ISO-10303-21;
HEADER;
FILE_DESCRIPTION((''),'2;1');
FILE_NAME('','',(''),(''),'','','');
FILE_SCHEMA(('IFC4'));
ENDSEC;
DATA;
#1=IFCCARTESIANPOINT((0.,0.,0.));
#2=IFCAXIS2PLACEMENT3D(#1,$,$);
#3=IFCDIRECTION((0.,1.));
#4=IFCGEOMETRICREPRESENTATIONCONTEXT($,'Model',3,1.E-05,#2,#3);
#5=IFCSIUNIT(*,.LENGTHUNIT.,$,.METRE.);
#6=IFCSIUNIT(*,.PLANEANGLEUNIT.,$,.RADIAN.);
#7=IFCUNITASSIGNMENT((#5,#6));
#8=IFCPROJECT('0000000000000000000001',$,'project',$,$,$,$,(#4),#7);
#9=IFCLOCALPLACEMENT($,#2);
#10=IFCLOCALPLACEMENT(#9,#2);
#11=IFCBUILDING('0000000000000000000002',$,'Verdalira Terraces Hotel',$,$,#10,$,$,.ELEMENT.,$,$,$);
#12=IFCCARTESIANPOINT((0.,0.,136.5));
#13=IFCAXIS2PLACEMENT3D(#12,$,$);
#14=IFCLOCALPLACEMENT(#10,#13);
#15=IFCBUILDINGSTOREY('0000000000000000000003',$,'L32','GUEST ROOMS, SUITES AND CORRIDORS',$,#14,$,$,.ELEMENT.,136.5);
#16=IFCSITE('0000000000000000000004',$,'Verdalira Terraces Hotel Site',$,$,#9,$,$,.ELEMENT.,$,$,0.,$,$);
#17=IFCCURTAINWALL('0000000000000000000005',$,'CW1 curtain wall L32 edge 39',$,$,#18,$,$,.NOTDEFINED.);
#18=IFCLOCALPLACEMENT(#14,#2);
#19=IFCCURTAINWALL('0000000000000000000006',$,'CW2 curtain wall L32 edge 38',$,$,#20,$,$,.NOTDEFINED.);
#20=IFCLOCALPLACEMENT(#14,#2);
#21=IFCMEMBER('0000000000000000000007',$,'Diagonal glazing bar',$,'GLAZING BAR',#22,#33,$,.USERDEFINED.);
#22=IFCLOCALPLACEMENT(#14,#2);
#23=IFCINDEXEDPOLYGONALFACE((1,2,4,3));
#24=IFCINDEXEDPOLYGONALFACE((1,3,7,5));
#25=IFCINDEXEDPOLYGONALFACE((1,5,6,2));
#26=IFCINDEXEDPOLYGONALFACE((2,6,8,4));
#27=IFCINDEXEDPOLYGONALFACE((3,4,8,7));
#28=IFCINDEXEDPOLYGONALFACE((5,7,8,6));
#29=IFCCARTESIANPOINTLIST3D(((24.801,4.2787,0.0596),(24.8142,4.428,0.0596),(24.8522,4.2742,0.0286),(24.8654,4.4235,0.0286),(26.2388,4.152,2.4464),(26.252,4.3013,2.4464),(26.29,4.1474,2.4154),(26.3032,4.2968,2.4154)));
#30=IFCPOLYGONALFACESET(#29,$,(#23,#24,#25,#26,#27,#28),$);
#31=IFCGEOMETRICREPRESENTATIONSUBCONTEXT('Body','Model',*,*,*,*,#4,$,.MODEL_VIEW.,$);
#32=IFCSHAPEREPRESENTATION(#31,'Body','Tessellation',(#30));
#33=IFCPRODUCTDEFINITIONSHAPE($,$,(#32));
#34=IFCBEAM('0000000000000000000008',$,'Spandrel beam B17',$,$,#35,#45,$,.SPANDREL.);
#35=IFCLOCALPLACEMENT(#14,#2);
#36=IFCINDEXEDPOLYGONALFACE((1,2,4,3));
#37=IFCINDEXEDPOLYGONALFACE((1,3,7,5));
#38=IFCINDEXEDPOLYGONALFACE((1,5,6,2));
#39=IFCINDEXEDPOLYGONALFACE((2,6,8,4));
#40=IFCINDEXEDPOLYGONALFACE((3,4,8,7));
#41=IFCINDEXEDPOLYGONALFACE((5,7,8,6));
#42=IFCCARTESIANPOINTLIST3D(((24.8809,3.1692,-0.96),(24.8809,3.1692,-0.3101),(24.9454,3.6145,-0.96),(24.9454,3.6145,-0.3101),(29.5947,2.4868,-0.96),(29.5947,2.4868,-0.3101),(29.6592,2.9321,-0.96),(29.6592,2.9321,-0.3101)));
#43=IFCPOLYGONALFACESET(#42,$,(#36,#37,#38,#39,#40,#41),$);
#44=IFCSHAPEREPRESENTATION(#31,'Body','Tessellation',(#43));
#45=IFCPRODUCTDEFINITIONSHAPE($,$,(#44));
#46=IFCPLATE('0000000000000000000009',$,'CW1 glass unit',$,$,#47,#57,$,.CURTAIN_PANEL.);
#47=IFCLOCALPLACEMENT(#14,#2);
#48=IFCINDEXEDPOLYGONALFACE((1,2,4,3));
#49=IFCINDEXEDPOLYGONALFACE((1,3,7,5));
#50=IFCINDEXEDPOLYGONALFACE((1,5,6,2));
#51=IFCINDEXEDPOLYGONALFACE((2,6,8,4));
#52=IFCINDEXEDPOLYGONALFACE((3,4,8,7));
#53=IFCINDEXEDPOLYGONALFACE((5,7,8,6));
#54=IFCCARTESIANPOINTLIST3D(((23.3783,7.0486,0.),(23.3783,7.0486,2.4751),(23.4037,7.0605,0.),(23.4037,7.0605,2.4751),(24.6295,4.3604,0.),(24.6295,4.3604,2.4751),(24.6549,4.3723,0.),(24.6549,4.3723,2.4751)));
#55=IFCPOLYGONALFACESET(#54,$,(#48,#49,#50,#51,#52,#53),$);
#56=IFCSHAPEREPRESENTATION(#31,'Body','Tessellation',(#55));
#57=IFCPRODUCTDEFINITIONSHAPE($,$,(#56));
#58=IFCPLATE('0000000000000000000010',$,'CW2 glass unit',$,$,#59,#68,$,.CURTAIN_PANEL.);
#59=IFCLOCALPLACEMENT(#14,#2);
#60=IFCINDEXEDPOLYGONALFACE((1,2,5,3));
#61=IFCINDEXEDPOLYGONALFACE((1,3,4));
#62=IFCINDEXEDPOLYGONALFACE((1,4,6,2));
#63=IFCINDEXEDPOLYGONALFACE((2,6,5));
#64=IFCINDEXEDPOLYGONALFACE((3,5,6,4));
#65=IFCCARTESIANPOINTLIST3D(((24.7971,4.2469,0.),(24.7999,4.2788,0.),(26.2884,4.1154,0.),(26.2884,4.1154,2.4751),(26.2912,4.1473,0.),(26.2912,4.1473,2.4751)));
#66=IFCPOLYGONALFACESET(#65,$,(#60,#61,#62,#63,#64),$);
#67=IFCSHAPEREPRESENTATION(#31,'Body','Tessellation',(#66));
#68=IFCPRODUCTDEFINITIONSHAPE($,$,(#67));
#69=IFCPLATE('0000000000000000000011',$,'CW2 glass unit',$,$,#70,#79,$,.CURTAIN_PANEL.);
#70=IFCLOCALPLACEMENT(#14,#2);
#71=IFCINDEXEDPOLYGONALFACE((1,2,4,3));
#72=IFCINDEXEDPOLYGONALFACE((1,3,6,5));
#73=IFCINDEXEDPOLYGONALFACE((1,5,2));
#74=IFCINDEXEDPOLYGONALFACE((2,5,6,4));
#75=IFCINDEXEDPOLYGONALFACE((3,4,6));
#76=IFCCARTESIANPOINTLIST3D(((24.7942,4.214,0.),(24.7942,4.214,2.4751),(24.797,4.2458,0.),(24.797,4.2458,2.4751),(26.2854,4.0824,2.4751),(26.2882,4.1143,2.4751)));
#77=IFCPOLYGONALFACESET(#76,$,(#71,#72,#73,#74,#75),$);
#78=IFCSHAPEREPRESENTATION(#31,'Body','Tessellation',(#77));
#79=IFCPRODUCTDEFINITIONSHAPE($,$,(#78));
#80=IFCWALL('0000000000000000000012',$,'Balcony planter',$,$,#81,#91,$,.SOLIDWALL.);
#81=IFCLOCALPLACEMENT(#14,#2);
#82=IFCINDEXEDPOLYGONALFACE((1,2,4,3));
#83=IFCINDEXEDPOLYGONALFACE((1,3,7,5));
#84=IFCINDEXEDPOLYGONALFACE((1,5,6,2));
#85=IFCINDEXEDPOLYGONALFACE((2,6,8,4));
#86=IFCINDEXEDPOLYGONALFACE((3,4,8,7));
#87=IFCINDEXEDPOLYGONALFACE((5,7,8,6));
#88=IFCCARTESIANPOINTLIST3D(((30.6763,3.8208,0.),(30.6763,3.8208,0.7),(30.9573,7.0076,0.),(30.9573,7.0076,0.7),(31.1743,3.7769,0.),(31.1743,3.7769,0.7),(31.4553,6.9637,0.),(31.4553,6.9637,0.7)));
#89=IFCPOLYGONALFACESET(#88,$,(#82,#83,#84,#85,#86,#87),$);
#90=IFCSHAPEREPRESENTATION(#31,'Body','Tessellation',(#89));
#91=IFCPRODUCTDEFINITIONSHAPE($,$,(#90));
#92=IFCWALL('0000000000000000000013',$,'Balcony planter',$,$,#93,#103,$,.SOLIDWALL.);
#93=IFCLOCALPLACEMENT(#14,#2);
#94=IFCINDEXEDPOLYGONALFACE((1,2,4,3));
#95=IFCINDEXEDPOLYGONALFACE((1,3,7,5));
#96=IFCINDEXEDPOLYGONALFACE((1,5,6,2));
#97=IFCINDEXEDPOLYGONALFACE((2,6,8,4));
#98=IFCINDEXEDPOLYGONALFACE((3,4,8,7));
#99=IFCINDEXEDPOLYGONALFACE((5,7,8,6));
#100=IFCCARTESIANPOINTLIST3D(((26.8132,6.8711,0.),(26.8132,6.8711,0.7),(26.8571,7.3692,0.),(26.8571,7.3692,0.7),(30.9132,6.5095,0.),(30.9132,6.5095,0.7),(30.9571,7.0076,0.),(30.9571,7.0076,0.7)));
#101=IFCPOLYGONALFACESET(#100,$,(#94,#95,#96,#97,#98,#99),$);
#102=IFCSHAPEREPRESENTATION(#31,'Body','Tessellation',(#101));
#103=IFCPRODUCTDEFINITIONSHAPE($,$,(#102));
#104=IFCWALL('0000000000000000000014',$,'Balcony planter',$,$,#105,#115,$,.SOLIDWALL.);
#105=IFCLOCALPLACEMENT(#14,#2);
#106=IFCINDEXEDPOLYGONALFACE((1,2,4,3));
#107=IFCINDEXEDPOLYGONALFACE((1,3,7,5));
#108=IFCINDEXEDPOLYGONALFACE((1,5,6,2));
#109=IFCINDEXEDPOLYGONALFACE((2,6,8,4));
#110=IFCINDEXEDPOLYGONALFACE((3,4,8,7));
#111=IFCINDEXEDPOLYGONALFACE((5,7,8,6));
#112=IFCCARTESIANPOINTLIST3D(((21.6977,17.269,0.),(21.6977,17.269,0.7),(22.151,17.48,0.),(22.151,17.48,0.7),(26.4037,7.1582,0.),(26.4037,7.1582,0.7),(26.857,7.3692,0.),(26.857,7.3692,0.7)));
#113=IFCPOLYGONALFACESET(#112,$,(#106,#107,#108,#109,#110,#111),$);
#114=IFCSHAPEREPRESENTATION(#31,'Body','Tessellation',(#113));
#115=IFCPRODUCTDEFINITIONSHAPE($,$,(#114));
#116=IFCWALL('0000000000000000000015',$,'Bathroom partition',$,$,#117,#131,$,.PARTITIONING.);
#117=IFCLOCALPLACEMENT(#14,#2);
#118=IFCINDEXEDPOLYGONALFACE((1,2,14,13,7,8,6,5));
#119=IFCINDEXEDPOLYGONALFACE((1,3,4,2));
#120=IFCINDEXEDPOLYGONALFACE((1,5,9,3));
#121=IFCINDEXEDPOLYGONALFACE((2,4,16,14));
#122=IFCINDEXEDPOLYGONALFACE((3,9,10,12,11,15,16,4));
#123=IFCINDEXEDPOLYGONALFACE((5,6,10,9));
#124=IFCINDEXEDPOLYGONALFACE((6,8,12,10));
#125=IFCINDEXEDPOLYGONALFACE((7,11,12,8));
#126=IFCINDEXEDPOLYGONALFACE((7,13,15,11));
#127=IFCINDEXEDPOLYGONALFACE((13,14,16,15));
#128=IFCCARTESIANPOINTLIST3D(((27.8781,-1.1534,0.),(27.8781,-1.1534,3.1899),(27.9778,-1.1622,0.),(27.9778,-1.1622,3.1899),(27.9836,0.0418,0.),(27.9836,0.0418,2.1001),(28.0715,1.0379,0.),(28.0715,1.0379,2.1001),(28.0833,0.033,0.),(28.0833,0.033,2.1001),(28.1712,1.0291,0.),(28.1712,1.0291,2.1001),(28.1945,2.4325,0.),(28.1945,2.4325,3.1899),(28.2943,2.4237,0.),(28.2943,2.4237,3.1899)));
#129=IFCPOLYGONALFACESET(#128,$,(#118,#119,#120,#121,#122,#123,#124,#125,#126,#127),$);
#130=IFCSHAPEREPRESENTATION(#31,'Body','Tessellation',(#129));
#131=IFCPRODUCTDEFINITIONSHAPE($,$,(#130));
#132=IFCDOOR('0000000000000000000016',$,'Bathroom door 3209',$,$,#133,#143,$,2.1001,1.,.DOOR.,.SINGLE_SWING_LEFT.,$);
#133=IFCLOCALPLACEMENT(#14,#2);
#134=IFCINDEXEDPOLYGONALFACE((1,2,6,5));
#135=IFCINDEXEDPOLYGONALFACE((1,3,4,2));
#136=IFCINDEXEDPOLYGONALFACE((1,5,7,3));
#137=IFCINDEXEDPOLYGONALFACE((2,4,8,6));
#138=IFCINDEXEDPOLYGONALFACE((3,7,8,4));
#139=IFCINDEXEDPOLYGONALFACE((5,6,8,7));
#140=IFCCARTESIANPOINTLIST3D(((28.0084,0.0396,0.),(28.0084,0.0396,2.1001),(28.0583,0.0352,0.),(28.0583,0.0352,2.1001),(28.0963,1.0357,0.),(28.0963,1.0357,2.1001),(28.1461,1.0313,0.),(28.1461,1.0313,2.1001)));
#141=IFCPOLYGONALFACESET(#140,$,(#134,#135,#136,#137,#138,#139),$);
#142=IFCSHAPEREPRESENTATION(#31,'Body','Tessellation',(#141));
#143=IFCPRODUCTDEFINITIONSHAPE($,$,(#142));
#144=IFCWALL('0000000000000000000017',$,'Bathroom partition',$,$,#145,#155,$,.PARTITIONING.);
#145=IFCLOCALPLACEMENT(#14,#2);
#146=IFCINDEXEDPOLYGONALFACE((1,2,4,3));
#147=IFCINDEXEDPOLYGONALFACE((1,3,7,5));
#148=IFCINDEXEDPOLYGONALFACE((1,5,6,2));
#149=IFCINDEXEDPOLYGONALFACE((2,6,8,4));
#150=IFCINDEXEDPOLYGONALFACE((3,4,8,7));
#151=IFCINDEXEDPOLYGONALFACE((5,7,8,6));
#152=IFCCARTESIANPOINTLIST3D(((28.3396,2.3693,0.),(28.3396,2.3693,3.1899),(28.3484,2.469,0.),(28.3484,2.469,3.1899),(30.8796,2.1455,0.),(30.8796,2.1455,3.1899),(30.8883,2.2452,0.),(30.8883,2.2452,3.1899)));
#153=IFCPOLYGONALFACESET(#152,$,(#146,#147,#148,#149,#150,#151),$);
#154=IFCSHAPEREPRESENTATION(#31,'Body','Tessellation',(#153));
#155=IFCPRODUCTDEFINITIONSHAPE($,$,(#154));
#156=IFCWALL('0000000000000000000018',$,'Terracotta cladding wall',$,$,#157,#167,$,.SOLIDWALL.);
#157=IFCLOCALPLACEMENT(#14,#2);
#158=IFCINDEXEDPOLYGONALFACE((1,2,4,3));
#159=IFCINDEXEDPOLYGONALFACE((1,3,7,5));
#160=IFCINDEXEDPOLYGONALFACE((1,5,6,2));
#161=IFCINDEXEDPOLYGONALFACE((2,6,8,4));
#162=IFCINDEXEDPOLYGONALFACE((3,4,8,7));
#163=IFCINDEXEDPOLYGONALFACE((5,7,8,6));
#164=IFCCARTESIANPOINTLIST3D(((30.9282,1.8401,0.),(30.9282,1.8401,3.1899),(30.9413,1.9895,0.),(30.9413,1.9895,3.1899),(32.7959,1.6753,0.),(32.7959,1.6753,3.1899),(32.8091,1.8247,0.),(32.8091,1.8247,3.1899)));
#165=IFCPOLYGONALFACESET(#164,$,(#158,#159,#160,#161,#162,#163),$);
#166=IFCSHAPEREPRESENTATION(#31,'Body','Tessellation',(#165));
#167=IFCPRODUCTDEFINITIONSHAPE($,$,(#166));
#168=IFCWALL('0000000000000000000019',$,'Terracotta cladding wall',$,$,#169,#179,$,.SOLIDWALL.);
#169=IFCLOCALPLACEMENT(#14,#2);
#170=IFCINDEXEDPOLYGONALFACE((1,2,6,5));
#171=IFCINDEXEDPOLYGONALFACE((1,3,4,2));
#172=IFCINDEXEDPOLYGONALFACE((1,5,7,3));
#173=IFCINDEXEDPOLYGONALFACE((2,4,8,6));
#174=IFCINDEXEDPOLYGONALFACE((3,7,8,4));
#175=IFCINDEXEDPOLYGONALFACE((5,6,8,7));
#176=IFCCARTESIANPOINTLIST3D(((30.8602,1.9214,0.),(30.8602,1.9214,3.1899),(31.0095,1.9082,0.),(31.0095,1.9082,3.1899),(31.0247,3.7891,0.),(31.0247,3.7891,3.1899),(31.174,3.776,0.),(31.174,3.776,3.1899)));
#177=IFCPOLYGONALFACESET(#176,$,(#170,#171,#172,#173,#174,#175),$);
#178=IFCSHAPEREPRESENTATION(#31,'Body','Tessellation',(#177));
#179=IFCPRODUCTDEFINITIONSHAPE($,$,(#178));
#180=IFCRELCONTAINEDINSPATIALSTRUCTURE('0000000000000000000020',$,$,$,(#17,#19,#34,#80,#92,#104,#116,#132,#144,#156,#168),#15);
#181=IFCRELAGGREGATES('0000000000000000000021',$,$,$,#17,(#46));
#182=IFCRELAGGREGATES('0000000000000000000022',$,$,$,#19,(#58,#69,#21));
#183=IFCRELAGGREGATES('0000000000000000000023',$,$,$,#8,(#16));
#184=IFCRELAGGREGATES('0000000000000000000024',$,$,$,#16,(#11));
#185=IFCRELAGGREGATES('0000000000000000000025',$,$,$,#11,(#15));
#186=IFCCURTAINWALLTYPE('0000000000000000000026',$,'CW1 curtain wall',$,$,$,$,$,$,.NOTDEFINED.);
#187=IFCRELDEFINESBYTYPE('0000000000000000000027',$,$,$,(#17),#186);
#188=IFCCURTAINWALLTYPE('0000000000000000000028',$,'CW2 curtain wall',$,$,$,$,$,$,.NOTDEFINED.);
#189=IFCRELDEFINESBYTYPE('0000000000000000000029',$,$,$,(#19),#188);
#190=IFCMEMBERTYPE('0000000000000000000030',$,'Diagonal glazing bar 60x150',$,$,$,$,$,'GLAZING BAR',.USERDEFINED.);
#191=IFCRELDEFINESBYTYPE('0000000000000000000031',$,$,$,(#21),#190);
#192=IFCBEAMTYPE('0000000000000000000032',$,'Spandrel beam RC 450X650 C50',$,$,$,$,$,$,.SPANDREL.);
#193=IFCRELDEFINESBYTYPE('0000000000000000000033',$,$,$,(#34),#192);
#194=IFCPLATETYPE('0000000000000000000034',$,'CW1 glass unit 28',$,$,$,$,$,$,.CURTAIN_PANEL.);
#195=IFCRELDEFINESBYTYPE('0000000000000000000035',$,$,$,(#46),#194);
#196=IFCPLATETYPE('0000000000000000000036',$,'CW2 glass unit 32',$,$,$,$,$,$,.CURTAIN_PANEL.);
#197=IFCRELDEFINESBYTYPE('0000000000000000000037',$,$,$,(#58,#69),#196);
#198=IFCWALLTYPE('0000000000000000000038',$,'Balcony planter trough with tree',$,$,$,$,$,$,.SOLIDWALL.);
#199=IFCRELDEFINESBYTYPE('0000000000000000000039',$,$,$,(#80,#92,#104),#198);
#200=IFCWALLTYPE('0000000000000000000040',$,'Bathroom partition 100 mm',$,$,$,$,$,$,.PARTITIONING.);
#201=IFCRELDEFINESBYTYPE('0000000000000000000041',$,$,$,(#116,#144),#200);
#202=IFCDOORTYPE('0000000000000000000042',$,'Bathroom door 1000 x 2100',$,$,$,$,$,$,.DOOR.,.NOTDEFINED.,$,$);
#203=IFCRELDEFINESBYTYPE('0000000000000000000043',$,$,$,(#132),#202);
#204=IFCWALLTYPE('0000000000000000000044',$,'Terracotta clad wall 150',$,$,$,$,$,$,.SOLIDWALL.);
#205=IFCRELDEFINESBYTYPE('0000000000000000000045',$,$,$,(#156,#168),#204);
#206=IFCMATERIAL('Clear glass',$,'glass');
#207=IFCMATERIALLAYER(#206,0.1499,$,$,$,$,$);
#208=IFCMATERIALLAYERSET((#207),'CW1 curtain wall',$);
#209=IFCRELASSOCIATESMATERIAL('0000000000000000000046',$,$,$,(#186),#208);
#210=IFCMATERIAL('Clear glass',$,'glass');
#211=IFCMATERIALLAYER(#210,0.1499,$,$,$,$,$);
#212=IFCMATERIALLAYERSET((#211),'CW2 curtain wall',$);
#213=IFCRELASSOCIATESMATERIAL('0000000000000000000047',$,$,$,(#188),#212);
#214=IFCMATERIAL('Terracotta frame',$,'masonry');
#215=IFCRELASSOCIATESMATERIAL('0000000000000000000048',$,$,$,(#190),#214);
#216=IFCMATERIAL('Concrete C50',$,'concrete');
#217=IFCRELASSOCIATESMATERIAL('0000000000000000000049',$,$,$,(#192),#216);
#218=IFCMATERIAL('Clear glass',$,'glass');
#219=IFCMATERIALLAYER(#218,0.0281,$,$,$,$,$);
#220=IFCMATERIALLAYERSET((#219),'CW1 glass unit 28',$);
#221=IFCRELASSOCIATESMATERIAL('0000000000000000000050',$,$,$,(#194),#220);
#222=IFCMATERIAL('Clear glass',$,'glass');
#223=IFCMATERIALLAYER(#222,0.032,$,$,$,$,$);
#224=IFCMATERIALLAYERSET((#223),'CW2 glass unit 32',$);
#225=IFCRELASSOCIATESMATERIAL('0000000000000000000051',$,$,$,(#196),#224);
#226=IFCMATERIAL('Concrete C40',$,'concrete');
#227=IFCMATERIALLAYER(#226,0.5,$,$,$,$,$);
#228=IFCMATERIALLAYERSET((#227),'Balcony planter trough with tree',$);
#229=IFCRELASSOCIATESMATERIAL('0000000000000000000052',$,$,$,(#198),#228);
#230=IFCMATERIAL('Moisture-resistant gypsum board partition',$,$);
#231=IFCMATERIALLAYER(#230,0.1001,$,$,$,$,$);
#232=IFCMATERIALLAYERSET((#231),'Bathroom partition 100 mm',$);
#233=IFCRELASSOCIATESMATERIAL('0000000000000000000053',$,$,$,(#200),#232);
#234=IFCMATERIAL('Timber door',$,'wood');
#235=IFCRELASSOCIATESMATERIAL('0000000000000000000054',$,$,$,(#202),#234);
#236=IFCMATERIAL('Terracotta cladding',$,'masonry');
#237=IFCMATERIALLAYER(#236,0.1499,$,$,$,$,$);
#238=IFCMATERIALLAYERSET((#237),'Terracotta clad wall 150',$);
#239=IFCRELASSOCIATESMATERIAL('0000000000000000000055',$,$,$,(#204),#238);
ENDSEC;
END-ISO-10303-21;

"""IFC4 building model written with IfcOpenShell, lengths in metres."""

from ifc_helpers import new_model, si_unit, direction, frame, frame_2d, origin, origin_2d, place, context, subcontext, project, spatial, polyline, rectangle, outline, extrude, material, layer, layer_set, material_profile, profile_set, type_object, element, fill, aggregate, save


model = new_model("IFC4")

# Units and contexts
model_context = context("Model", 3, precision=1e-05, world=origin(), true_north=direction((0.0, 1.0)))
body_context = subcontext(model_context, "Body", "Model", "MODEL_VIEW")
ifc_project = project(units=[si_unit("LENGTHUNIT", "METRE"), si_unit("PLANEANGLEUNIT", "RADIAN")], contexts=[model_context])

# Site, building, storey
site_placement = place(None, origin())
site = spatial("IfcSite", under=ifc_project, at=site_placement, Name="Verdalira Terraces Hotel Site", CompositionType="ELEMENT", RefElevation=0.0)
building_placement = place(site_placement, origin())
building = spatial("IfcBuilding", under=site, at=building_placement, Name="Verdalira Terraces Hotel", CompositionType="ELEMENT")
storey_placement = place(building_placement, frame((0.0, 0.0, 136.5)))
storey = spatial("IfcBuildingStorey", under=building, at=storey_placement, Name="L32", Description="GUEST ROOMS, SUITES AND CORRIDORS", CompositionType="ELEMENT", Elevation=136.5)

# Curtain walls, member
ifc_material_1 = material(Name="Clear glass", Category="glass")
ifc_layer_1 = layer(ifc_material_1, 0.1499)
ifc_layer_set_1 = layer_set([ifc_layer_1], Name="CW1 curtain wall")
curtain_wall_type_1 = type_object("IfcCurtainWallType", Name="CW1 curtain wall", PredefinedType="NOTDEFINED", material=ifc_layer_set_1)
curtain_wall_1_placement = place(storey_placement, origin())
curtain_wall_1 = element("IfcCurtainWall", 1, at=curtain_wall_1_placement, inside=storey, type_object=curtain_wall_type_1, Name="CW1 curtain wall L32 edge 39", PredefinedType="NOTDEFINED")
ifc_material_2 = material(Name="Clear glass", Category="glass")
ifc_layer_2 = layer(ifc_material_2, 0.1499)
ifc_layer_set_2 = layer_set([ifc_layer_2], Name="CW2 curtain wall")
curtain_wall_type_2 = type_object("IfcCurtainWallType", Name="CW2 curtain wall", PredefinedType="NOTDEFINED", material=ifc_layer_set_2)
curtain_wall_2_placement = place(storey_placement, origin())
curtain_wall_2 = element("IfcCurtainWall", 2, at=curtain_wall_2_placement, inside=storey, type_object=curtain_wall_type_2, Name="CW2 curtain wall L32 edge 38", PredefinedType="NOTDEFINED")
ifc_material_3 = material(Name="Terracotta frame", Category="masonry")
ifc_material_profile_1 = material_profile(ifc_material_3, rectangle(XDim=0.1499, YDim=0.0601, at=origin_2d()), Name="GB 60x150")
ifc_profile_set_1 = profile_set([ifc_material_profile_1], Name="Terracotta frame")
member_type_1 = type_object("IfcMemberType", Name="Diagonal glazing bar 60x150", ElementType="GLAZING BAR", PredefinedType="USERDEFINED", material=ifc_profile_set_1)
member_1_placement = place(storey_placement, frame((26.271, 4.2244, 2.4309), z_axis=(-0.51547, 0.045429, -0.855703), x_axis=(-0.08779, -0.996139, 0.0)))
member_1 = element("IfcMember", 3, at=member_1_placement, type_object=member_type_1, Name="Diagonal glazing bar", ObjectType="GLAZING BAR", PredefinedType="USERDEFINED", context=body_context, shape_type="SweptSolid", body=[
    extrude(rectangle(XDim=0.1499, YDim=0.0601, at=origin_2d()), origin(), (0.0, 0.0, 1.0), 2.7893),
])

# Beam
ifc_material_4 = material(Name="Concrete C50", Category="concrete")
ifc_material_profile_2 = material_profile(ifc_material_4, rectangle(XDim=0.45, YDim=0.6499, at=origin_2d()), Name="RC 450X650")
ifc_profile_set_2 = profile_set([ifc_material_profile_2], Name="Concrete C50")
beam_type_1 = type_object("IfcBeamType", Name="Spandrel beam RC 450X650 C50", PredefinedType="SPANDREL", material=ifc_profile_set_2)
beam_1_placement = place(storey_placement, frame((29.627, 2.7095, -0.635), z_axis=(-0.989684, 0.143265, 0.0), x_axis=(-0.143265, -0.989684, 0.0)))
element("IfcBeam", 4, at=beam_1_placement, inside=storey, type_object=beam_type_1, Name="Spandrel beam B17", PredefinedType="SPANDREL", context=body_context, shape_type="SweptSolid", body=[
    extrude(rectangle(XDim=0.45, YDim=0.6499, at=origin_2d()), origin(), (0.0, 0.0, 1.0), 4.7629),
])

# Plates
ifc_material_5 = material(Name="Clear glass", Category="glass")
ifc_layer_3 = layer(ifc_material_5, 0.0281)
ifc_layer_set_3 = layer_set([ifc_layer_3], Name="CW1 glass unit 28")
plate_type_1 = type_object("IfcPlateType", Name="CW1 glass unit 28", PredefinedType="CURTAIN_PANEL", material=ifc_layer_set_3)
plate_1_placement = place(storey_placement, frame((24.0166, 5.7104, 0.0), z_axis=(0.0, 0.0, 1.0), x_axis=(-0.421985, 0.906603, 0.0)))
plate_1 = element("IfcPlate", 5, at=plate_1_placement, type_object=plate_type_1, Name="CW1 glass unit", PredefinedType="CURTAIN_PANEL", context=body_context, shape_type="SweptSolid", body=[
    extrude(rectangle(XDim=2.9651, YDim=0.0281, at=origin_2d()), origin(), (0.0, 0.0, 1.0), 2.4751),
])
aggregate(curtain_wall_1, [plate_1])
ifc_material_6 = material(Name="Clear glass", Category="glass")
ifc_layer_4 = layer(ifc_material_6, 0.032)
ifc_layer_set_4 = layer_set([ifc_layer_4], Name="CW2 glass unit 32")
plate_type_2 = type_object("IfcPlateType", Name="CW2 glass unit 32", PredefinedType="CURTAIN_PANEL", material=ifc_layer_set_4)
plate_2_placement = place(storey_placement, frame((25.5427, 4.1812, 1.2375), z_axis=(0.087851, 0.996134, 0.0), x_axis=(-0.996134, 0.087851, 0.0)))
plate_2 = element("IfcPlate", 6, at=plate_2_placement, type_object=plate_type_2, Name="CW2 glass unit", PredefinedType="CURTAIN_PANEL", context=body_context, shape_type="SweptSolid", body=[
    extrude(outline(polyline([(-0.7485, -1.2375), (0.7485, -1.2375), (-0.7485, 1.2375), (-0.7485, -1.2375)])), origin(), (0.0, 0.0, 1.0), 0.032),
])
plate_3_placement = place(storey_placement, frame((25.5398, 4.1482, 1.2375), z_axis=(0.087851, 0.996134, 0.0), x_axis=(-0.996134, 0.087851, 0.0)))
plate_3 = element("IfcPlate", 7, at=plate_3_placement, type_object=plate_type_2, Name="CW2 glass unit", PredefinedType="CURTAIN_PANEL", context=body_context, shape_type="SweptSolid", body=[
    extrude(outline(polyline([(0.7485, -1.2375), (0.7485, 1.2375), (-0.7485, 1.2375), (0.7485, -1.2375)])), origin(), (0.0, 0.0, 1.0), 0.032),
])
aggregate(curtain_wall_2, [plate_2, plate_3, member_1])

# Walls
ifc_material_7 = material(Name="Concrete C40", Category="concrete")
ifc_layer_5 = layer(ifc_material_7, 0.5)
ifc_layer_set_5 = layer_set([ifc_layer_5], Name="Balcony planter trough with tree")
wall_type_1 = type_object("IfcWallType", Name="Balcony planter trough with tree", PredefinedType="SOLIDWALL", material=ifc_layer_set_5)
wall_1_placement = place(storey_placement, frame((30.9253, 3.7988, 0.0), z_axis=(0.0, 0.0, 1.0), x_axis=(0.087838, 0.996135, 0.0)))
element("IfcWall", 8, at=wall_1_placement, inside=storey, type_object=wall_type_1, Name="Balcony planter", PredefinedType="SOLIDWALL", context=body_context, shape_type="SweptSolid", body=[
    extrude(rectangle(XDim=3.1992, YDim=0.5, at=frame_2d((1.5996, 0.0))), origin(), (0.0, 0.0, 1.0), 0.7),
])
wall_2_placement = place(storey_placement, frame((30.9353, 6.7585, 0.0), z_axis=(0.0, 0.0, 1.0), x_axis=(-0.996134, 0.087845, 0.0)))
element("IfcWall", 9, at=wall_2_placement, inside=storey, type_object=wall_type_1, Name="Balcony planter", PredefinedType="SOLIDWALL", context=body_context, shape_type="SweptSolid", body=[
    extrude(rectangle(XDim=4.116, YDim=0.5, at=frame_2d((2.0581, 0.0))), origin(), (0.0, 0.0, 1.0), 0.7),
])
wall_3_placement = place(storey_placement, frame((26.6304, 7.2637, 0.0), z_axis=(0.0, 0.0, 1.0), x_axis=(-0.421977, 0.906607, 0.0)))
element("IfcWall", 10, at=wall_3_placement, inside=storey, type_object=wall_type_1, Name="Balcony planter", PredefinedType="SOLIDWALL", context=body_context, shape_type="SweptSolid", body=[
    extrude(rectangle(XDim=11.1523, YDim=0.5, at=frame_2d((5.5762, 0.0))), origin(), (0.0, 0.0, 1.0), 0.7),
])

# Wall, opening, door
ifc_material_8 = material(Name="Moisture-resistant gypsum board partition")
ifc_layer_6 = layer(ifc_material_8, 0.1001)
ifc_layer_set_6 = layer_set([ifc_layer_6], Name="Bathroom partition 100 mm")
wall_type_2 = type_object("IfcWallType", Name="Bathroom partition 100 mm", PredefinedType="PARTITIONING", material=ifc_layer_set_6)
wall_4_placement = place(storey_placement, frame((28.2444, 2.428, 0.0), z_axis=(0.0, 0.0, 1.0), x_axis=(-0.087894, -0.99613, 0.0)))
wall_4 = element("IfcWall", 11, at=wall_4_placement, inside=storey, type_object=wall_type_2, Name="Bathroom partition", PredefinedType="PARTITIONING", context=body_context, shape_type="SweptSolid", body=[
    extrude(rectangle(XDim=3.5999, YDim=0.1001, at=frame_2d((1.7998, 0.0))), origin(), (0.0, 0.0, 1.0), 3.1899),
])
opening_1_placement = place(wall_4_placement, frame((1.3999, 0.0, 0.0)))
opening_1 = element("IfcOpeningElement", 12, at=opening_1_placement, cuts=wall_4, PredefinedType="OPENING", context=body_context, shape_type="SweptSolid", body=[
    extrude(rectangle(XDim=1.0, YDim=2.1001, at=frame_2d((0.5, 1.05))), frame((0.0, 0.0601, 0.0), z_axis=(0.0, -1.0, 0.0), x_axis=(1.0, 0.0, 0.0)), (0.0, 0.0, 1.0), 0.1201),
])
ifc_material_9 = material(Name="Timber door", Category="wood")
door_type_1 = type_object("IfcDoorType", Name="Bathroom door 1000 x 2100", OperationType="NOTDEFINED", PredefinedType="DOOR", material=ifc_material_9)
door_1_placement = place(opening_1_placement, origin())
door_1 = element("IfcDoor", 13, at=door_1_placement, inside=storey, type_object=door_type_1, Name="Bathroom door 3209", OperationType="SINGLE_SWING_LEFT", OverallHeight=2.1001, OverallWidth=1.0, PredefinedType="DOOR", context=body_context, shape_type="SweptSolid", body=[
    extrude(rectangle(XDim=1.0, YDim=2.1001, at=frame_2d((0.5, 1.05))), frame((0.0, 0.0249, 0.0), z_axis=(0.0, -1.0, 0.0), x_axis=(1.0, 0.0, 0.0)), (0.0, 0.0, 1.0), 0.05),
])
fill(opening_1, door_1)

# Walls
wall_5_placement = place(storey_placement, frame((28.344, 2.4192, 0.0), z_axis=(0.0, 0.0, 1.0), x_axis=(0.996138, -0.087799, 0.0)))
element("IfcWall", 14, at=wall_5_placement, inside=storey, type_object=wall_type_2, Name="Bathroom partition", PredefinedType="PARTITIONING", context=body_context, shape_type="SweptSolid", body=[
    extrude(rectangle(XDim=2.5498, YDim=0.1001, at=frame_2d((1.2749, 0.0))), origin(), (0.0, 0.0, 1.0), 3.1899),
])
ifc_material_10 = material(Name="Terracotta cladding", Category="masonry")
ifc_layer_7 = layer(ifc_material_10, 0.1499)
ifc_layer_set_7 = layer_set([ifc_layer_7], Name="Terracotta clad wall 150")
wall_type_3 = type_object("IfcWallType", Name="Terracotta clad wall 150", PredefinedType="SOLIDWALL", material=ifc_layer_set_7)
for number, where, z_axis, x_axis, name in (
    (15, (32.8025, 1.75, 0.0), (0.0, 0.0, 1.0), (-0.99613, 0.087894, 0.0), "Terracotta cladding wall"),
    (16, (30.9348, 1.9148, 0.0), (0.0, 0.0, 1.0), (0.087765, 0.996141, 0.0), "Terracotta cladding wall"),
):
    element("IfcWall", number, at=place(storey_placement, frame(where, z_axis=z_axis, x_axis=x_axis)), inside=storey, type_object=wall_type_3, Name=name, PredefinedType="SOLIDWALL", context=body_context, shape_type="SweptSolid", body=[
        extrude(rectangle(XDim=1.875, YDim=0.1499, at=frame_2d((0.9375, 0.0))), origin(), (0.0, 0.0, 1.0), 3.1899),
    ])

save(model, "model.ifc")
